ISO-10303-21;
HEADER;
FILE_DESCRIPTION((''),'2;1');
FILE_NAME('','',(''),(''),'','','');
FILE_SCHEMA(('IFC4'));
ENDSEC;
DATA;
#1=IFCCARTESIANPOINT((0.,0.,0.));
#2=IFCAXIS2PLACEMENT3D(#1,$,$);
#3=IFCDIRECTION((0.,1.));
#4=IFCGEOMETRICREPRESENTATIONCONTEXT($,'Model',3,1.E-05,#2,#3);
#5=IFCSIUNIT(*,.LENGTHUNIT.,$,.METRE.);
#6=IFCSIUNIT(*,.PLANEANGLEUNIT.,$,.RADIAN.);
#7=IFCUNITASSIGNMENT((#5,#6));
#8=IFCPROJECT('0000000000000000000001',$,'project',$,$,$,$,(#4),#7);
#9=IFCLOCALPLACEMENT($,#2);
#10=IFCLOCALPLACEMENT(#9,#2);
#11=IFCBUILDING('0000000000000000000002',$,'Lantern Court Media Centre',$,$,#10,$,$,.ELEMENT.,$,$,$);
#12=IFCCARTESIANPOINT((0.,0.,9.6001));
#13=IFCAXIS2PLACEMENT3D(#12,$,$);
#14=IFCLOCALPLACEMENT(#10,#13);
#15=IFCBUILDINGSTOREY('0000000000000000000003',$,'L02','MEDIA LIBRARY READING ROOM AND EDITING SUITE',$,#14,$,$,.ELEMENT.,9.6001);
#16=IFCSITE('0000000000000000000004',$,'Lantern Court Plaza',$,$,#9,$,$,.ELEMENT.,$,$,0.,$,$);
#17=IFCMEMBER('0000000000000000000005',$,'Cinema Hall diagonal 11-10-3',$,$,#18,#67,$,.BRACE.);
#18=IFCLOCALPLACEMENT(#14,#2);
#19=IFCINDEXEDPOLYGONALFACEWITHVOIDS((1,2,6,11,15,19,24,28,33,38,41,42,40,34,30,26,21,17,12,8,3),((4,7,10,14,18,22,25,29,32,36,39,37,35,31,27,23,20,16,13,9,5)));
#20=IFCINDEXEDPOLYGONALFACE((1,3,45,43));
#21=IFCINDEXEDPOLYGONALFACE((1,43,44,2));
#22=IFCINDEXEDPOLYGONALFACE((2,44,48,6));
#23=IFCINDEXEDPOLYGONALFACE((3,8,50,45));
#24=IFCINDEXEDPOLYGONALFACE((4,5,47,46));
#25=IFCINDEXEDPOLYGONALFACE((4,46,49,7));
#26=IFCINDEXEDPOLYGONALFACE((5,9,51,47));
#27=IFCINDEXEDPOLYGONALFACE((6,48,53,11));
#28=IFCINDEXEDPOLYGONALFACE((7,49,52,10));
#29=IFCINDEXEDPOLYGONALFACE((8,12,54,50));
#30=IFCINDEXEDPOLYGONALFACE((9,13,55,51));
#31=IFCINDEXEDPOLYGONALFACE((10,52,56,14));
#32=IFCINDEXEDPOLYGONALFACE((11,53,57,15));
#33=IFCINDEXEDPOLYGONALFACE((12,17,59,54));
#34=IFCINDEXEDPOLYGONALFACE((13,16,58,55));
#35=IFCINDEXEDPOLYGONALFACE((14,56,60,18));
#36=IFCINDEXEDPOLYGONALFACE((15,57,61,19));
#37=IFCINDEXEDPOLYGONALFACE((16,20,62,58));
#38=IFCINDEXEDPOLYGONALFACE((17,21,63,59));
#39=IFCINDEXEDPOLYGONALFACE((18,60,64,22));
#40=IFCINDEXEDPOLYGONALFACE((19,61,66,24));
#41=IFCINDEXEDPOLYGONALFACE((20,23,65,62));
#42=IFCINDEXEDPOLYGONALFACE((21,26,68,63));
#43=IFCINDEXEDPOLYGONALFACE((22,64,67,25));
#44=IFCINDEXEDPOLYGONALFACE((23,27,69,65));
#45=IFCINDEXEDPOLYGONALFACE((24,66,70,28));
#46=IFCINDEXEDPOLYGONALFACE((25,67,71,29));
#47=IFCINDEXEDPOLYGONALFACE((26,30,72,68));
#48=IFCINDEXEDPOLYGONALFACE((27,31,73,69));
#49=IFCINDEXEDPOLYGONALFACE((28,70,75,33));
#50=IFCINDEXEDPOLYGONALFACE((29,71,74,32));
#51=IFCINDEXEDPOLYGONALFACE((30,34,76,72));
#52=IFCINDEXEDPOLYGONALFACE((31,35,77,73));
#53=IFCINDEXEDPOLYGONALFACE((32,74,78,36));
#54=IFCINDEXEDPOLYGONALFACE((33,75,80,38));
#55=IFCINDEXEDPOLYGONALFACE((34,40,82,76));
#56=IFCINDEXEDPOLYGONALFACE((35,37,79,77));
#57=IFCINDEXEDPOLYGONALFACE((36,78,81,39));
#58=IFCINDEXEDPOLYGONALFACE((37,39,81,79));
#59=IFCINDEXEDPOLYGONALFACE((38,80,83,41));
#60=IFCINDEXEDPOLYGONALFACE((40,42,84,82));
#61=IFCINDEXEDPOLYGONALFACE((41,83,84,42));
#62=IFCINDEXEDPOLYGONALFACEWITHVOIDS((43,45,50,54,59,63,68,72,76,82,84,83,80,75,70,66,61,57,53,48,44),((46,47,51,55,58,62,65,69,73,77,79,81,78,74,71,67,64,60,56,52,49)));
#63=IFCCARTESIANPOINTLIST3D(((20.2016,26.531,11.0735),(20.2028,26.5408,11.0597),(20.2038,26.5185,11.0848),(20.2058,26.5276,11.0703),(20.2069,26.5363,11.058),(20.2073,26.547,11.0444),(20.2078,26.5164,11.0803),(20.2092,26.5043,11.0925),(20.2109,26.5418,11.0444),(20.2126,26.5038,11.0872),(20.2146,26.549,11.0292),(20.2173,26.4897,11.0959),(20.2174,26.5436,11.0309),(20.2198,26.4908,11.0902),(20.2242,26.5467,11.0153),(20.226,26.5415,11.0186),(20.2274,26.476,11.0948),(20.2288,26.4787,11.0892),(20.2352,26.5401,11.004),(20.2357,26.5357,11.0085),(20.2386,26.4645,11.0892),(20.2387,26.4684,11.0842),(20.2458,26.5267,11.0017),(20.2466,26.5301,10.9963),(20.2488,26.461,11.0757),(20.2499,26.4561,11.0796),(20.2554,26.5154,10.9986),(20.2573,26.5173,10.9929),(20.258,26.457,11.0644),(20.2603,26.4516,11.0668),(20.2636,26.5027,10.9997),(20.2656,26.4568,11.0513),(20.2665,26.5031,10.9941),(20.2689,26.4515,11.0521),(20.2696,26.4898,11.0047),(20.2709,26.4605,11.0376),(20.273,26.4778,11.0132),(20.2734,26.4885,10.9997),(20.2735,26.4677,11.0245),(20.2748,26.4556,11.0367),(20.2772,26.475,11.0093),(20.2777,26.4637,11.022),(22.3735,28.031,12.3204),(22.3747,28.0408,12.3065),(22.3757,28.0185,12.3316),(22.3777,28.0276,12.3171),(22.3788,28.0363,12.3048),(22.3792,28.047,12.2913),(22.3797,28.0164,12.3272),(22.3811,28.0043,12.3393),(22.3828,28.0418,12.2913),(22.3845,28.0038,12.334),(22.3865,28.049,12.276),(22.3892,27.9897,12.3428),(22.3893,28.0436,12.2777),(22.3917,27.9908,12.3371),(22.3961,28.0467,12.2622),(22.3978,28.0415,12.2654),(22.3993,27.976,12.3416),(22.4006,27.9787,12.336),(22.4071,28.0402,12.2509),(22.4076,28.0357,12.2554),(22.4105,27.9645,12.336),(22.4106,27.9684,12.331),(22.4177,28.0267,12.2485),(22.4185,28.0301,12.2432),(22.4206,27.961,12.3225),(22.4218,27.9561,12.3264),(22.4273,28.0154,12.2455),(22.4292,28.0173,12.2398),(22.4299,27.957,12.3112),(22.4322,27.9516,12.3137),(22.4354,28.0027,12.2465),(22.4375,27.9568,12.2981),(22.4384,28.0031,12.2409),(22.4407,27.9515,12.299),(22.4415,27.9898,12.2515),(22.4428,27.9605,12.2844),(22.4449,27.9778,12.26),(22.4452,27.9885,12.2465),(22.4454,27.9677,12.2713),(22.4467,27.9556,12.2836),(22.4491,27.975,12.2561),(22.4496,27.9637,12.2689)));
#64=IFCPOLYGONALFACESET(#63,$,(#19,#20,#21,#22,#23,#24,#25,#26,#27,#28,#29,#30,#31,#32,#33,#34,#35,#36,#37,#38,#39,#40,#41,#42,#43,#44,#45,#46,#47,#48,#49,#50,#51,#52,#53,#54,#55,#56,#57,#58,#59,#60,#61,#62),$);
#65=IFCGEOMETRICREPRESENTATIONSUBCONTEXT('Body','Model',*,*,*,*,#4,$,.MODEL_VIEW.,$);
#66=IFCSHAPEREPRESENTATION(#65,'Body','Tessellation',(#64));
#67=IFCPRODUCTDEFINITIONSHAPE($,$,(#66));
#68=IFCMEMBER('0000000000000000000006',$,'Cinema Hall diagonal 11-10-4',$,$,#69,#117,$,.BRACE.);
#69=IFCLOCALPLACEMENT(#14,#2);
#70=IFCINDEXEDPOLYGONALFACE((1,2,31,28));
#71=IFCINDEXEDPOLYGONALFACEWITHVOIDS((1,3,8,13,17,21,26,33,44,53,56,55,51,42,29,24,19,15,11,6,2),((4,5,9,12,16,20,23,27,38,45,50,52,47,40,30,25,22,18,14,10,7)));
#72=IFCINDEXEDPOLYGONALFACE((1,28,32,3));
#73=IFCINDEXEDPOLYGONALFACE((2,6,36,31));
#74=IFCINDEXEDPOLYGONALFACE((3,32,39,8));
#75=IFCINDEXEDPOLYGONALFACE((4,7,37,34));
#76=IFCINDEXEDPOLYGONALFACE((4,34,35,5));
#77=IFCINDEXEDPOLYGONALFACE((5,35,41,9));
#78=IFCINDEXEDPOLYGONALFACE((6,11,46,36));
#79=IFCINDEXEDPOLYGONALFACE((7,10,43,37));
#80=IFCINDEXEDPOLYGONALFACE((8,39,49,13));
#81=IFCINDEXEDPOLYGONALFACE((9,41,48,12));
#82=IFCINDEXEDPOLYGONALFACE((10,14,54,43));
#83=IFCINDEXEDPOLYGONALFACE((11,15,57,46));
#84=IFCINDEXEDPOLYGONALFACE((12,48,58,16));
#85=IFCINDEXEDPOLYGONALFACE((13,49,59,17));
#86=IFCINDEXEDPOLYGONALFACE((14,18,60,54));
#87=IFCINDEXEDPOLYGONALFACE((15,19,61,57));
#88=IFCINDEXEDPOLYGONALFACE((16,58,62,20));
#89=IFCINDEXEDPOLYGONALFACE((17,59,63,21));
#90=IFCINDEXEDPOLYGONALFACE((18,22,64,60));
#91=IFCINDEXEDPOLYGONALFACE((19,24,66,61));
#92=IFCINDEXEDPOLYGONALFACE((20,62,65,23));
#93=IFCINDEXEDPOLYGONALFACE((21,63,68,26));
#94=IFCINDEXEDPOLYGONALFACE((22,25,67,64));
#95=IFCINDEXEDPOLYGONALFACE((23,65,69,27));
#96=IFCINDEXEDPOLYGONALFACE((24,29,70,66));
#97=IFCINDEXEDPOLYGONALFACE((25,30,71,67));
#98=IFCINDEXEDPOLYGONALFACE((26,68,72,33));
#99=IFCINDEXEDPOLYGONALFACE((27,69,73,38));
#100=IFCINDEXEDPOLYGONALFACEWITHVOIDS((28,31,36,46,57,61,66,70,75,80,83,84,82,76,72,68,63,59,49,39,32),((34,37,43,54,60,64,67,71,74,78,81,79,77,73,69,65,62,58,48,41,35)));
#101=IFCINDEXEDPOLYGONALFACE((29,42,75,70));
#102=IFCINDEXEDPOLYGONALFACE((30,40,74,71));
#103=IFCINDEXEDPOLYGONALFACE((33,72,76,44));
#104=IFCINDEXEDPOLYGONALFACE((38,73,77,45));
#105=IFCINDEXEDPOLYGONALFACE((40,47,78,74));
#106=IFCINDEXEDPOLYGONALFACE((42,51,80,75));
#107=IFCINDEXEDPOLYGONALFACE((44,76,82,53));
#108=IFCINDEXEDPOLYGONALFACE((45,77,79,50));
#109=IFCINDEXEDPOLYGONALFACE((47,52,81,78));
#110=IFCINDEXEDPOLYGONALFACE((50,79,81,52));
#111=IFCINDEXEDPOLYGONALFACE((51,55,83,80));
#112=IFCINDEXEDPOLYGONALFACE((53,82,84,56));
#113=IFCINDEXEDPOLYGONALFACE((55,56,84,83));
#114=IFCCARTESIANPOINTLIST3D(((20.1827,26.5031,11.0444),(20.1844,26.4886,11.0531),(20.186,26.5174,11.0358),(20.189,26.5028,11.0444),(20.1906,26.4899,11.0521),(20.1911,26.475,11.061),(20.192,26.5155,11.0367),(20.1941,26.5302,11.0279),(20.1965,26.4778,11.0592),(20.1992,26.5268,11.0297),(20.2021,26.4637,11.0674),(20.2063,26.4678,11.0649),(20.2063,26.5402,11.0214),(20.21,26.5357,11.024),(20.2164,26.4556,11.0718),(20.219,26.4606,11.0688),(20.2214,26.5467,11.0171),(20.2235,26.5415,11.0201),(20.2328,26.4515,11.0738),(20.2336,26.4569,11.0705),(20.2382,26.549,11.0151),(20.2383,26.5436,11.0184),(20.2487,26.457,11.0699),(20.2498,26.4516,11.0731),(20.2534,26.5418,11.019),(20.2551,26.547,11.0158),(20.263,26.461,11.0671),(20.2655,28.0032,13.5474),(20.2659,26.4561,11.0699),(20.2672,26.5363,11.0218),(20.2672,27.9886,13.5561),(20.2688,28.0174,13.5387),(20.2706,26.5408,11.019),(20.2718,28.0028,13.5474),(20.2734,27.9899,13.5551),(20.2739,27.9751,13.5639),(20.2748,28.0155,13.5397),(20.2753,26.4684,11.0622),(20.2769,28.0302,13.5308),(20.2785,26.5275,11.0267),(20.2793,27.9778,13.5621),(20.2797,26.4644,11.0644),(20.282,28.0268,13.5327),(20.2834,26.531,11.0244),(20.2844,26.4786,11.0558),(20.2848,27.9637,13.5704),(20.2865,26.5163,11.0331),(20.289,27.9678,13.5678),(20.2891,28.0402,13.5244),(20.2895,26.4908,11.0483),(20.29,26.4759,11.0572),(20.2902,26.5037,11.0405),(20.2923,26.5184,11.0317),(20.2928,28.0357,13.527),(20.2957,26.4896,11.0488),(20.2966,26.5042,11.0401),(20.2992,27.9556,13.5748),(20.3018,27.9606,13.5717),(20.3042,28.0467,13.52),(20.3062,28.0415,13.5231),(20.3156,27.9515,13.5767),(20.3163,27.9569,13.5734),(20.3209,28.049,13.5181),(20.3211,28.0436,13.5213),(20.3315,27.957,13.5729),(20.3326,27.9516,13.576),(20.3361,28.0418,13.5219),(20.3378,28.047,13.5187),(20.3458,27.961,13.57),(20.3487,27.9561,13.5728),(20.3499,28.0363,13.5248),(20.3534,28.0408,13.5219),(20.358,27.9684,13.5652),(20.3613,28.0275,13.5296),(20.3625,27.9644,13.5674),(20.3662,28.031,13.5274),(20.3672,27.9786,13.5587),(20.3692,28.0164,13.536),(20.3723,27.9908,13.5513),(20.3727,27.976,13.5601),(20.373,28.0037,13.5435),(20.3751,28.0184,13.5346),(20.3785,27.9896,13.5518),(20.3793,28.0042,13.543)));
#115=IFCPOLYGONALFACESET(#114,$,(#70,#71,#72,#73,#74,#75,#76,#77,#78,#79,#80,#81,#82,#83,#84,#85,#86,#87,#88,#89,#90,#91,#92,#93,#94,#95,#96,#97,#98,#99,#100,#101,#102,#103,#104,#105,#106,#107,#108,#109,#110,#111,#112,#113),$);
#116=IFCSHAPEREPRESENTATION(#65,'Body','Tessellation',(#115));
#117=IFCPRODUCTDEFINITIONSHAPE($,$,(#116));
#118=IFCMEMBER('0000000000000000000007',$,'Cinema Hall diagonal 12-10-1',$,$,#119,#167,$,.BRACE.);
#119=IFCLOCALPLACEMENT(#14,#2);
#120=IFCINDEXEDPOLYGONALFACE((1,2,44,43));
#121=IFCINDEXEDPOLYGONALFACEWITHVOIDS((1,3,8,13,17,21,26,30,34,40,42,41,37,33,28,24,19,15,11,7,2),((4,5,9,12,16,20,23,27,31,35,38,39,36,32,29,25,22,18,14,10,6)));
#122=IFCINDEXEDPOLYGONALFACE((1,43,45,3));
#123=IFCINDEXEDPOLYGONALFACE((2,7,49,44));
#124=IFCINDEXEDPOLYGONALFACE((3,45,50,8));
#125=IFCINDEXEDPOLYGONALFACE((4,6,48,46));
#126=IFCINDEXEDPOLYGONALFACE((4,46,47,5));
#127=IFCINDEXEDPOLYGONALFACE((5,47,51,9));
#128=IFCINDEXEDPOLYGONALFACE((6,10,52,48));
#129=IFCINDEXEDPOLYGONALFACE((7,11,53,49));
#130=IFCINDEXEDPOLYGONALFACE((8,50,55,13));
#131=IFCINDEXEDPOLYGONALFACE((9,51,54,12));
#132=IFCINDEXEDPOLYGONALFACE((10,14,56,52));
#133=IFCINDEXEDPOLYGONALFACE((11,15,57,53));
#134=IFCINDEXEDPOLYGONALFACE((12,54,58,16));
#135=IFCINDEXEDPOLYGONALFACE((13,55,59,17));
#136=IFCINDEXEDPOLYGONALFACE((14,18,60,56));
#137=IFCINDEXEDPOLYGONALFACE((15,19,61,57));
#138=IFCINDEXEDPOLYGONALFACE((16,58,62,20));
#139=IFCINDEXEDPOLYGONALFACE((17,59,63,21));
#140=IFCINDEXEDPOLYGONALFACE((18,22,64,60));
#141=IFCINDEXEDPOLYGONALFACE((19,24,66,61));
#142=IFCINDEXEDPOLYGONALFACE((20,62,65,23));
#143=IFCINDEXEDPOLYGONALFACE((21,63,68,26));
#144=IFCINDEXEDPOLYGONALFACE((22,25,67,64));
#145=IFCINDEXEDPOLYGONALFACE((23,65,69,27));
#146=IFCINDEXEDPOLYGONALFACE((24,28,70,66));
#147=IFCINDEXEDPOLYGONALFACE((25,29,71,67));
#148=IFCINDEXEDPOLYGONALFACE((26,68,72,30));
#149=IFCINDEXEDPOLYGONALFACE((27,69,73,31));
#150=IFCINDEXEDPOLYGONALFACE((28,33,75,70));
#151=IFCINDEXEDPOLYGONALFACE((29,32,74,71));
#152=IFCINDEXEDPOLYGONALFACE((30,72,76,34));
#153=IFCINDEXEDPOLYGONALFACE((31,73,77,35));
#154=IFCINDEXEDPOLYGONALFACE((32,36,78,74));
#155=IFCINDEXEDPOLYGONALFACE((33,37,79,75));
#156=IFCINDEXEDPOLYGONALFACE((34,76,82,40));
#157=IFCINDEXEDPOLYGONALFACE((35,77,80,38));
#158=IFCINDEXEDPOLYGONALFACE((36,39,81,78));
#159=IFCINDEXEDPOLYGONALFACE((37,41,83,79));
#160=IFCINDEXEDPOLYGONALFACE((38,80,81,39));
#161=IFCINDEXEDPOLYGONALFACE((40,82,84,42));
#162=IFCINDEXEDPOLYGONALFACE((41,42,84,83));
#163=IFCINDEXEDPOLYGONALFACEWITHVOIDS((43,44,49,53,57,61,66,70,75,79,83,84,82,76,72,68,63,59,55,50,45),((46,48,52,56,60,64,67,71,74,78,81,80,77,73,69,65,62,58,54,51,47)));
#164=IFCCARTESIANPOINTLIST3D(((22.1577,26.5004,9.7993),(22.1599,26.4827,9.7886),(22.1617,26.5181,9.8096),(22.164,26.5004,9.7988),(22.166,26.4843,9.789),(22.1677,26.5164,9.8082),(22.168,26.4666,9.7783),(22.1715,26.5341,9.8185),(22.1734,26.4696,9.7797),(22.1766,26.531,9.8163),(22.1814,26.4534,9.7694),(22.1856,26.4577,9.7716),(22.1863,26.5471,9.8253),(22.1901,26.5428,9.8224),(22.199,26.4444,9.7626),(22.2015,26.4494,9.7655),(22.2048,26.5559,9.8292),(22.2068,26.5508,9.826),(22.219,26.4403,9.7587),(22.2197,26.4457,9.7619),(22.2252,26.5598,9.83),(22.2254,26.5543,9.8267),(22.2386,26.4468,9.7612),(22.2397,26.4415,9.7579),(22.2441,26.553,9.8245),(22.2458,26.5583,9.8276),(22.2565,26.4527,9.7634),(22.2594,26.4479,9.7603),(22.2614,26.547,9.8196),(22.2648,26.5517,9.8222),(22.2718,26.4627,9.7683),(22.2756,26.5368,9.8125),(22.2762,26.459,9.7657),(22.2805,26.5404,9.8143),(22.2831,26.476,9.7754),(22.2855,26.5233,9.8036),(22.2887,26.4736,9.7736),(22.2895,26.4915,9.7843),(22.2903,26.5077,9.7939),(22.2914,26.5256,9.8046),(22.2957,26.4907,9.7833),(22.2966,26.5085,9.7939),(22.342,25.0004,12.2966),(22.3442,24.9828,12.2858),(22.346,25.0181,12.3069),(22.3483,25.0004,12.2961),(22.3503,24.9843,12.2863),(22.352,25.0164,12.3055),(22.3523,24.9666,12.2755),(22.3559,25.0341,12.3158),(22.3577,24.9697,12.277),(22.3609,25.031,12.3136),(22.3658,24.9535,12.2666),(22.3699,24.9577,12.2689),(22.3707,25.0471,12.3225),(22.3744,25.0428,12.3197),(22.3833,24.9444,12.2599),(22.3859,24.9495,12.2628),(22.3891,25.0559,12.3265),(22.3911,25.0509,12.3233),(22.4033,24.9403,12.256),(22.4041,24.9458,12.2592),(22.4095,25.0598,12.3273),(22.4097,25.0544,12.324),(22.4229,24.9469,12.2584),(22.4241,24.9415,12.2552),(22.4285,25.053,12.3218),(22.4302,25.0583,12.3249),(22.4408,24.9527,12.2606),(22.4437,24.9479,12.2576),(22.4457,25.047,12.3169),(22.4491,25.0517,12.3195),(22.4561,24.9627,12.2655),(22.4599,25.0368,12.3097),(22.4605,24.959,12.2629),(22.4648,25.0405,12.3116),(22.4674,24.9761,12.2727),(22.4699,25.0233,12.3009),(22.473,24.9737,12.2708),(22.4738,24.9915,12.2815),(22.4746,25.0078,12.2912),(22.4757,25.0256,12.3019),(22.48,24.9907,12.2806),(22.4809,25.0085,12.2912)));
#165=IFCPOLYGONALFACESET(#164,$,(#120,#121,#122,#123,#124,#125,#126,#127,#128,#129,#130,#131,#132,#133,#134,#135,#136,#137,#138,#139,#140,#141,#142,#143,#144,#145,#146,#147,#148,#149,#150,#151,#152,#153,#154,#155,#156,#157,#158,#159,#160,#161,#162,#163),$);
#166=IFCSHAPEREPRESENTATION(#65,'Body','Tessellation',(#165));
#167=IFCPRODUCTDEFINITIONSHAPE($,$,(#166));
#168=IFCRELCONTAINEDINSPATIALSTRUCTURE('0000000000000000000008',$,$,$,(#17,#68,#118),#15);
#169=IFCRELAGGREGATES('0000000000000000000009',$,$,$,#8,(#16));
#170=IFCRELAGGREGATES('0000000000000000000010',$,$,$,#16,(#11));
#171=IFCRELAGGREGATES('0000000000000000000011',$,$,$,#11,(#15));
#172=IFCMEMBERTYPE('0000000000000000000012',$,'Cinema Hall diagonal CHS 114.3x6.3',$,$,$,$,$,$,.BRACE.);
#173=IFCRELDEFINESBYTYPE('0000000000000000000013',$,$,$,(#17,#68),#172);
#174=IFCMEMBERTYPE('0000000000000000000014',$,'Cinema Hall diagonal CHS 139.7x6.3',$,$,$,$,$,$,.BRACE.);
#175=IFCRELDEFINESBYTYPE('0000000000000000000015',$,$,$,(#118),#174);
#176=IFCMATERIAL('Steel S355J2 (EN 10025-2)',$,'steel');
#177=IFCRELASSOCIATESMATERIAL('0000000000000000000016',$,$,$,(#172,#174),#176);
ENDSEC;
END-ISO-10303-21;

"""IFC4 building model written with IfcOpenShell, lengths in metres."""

from ifc_helpers import new_model, si_unit, direction, frame, origin, origin_2d, place, context, subcontext, project, spatial, hollow_circle, extrude, material, material_profile, profile_set, type_object, element, save


model = new_model("IFC4")

# Units and contexts
model_context = context("Model", 3, precision=1e-05, world=origin(), true_north=direction((0.0, 1.0)))
body_context = subcontext(model_context, "Body", "Model", "MODEL_VIEW")
ifc_project = project(units=[si_unit("LENGTHUNIT", "METRE"), si_unit("PLANEANGLEUNIT", "RADIAN")], contexts=[model_context])

# Site, building, storey
site_placement = place(None, origin())
site = spatial("IfcSite", under=ifc_project, at=site_placement, Name="Lantern Court Plaza", CompositionType="ELEMENT", RefElevation=0.0)
building_placement = place(site_placement, origin())
building = spatial("IfcBuilding", under=site, at=building_placement, Name="Lantern Court Media Centre", CompositionType="ELEMENT")
storey_placement = place(building_placement, frame((0.0, 0.0, 9.6001)))
storey = spatial("IfcBuildingStorey", under=building, at=storey_placement, Name="L02", Description="MEDIA LIBRARY READING ROOM AND EDITING SUITE", CompositionType="ELEMENT", Elevation=9.6001)

# Members
ifc_material = material(Name="Steel S355J2 (EN 10025-2)", Category="steel")
ifc_material_profile_1 = material_profile(ifc_material, hollow_circle(Radius=0.0571, WallThickness=0.0063, at=origin_2d()), Name="Cinema Hall diagonal CHS 114.3x6.3")
ifc_profile_set_1 = profile_set([ifc_material_profile_1], Name="Steel S355J2 (EN 10025-2)")
member_type_1 = type_object("IfcMemberType", Name="Cinema Hall diagonal CHS 114.3x6.3", PredefinedType="BRACE", material=ifc_profile_set_1)
for number, where, z_axis, x_axis, name in (
    (1, (20.2397, 26.5, 11.0444), (0.744002, 0.513843, 0.427115), (-0.568286, 0.822831, 0.0), "Cinema Hall diagonal 11-10-3"),
    (2, (20.2397, 26.5, 11.0444), (0.028352, 0.513846, 0.857414), (-0.998481, 0.055092, 0.0), "Cinema Hall diagonal 11-10-4"),
):
    element("IfcMember", number, at=place(storey_placement, frame(where, z_axis=z_axis, x_axis=x_axis)), inside=storey, type_object=member_type_1, Name=name, PredefinedType="BRACE", context=body_context, shape_type="SweptSolid", body=[
        extrude(hollow_circle(Radius=0.0571, WallThickness=0.0063, at=origin_2d()), origin(), (0.0, 0.0, 1.0), 2.9192),
    ])
ifc_material_profile_2 = material_profile(ifc_material, hollow_circle(Radius=0.0698, WallThickness=0.0063, at=origin_2d()), Name="Cinema Hall diagonal CHS 139.7x6.3")
ifc_profile_set_2 = profile_set([ifc_material_profile_2], Name="Steel S355J2 (EN 10025-2)")
member_type_2 = type_object("IfcMemberType", Name="Cinema Hall diagonal CHS 139.7x6.3", PredefinedType="BRACE", material=ifc_profile_set_2)
member_1_placement = place(storey_placement, frame((22.2273, 26.5, 9.7939), z_axis=(0.063147, -0.513875, 0.855538), x_axis=(0.992534, 0.121967, 0.0)))
element("IfcMember", 3, at=member_1_placement, inside=storey, type_object=member_type_2, Name="Cinema Hall diagonal 12-10-1", PredefinedType="BRACE", context=body_context, shape_type="SweptSolid", body=[
    extrude(hollow_circle(Radius=0.0698, WallThickness=0.0063, at=origin_2d()), origin(), (0.0, 0.0, 1.0), 2.9189),
])

save(model, "model.ifc")
